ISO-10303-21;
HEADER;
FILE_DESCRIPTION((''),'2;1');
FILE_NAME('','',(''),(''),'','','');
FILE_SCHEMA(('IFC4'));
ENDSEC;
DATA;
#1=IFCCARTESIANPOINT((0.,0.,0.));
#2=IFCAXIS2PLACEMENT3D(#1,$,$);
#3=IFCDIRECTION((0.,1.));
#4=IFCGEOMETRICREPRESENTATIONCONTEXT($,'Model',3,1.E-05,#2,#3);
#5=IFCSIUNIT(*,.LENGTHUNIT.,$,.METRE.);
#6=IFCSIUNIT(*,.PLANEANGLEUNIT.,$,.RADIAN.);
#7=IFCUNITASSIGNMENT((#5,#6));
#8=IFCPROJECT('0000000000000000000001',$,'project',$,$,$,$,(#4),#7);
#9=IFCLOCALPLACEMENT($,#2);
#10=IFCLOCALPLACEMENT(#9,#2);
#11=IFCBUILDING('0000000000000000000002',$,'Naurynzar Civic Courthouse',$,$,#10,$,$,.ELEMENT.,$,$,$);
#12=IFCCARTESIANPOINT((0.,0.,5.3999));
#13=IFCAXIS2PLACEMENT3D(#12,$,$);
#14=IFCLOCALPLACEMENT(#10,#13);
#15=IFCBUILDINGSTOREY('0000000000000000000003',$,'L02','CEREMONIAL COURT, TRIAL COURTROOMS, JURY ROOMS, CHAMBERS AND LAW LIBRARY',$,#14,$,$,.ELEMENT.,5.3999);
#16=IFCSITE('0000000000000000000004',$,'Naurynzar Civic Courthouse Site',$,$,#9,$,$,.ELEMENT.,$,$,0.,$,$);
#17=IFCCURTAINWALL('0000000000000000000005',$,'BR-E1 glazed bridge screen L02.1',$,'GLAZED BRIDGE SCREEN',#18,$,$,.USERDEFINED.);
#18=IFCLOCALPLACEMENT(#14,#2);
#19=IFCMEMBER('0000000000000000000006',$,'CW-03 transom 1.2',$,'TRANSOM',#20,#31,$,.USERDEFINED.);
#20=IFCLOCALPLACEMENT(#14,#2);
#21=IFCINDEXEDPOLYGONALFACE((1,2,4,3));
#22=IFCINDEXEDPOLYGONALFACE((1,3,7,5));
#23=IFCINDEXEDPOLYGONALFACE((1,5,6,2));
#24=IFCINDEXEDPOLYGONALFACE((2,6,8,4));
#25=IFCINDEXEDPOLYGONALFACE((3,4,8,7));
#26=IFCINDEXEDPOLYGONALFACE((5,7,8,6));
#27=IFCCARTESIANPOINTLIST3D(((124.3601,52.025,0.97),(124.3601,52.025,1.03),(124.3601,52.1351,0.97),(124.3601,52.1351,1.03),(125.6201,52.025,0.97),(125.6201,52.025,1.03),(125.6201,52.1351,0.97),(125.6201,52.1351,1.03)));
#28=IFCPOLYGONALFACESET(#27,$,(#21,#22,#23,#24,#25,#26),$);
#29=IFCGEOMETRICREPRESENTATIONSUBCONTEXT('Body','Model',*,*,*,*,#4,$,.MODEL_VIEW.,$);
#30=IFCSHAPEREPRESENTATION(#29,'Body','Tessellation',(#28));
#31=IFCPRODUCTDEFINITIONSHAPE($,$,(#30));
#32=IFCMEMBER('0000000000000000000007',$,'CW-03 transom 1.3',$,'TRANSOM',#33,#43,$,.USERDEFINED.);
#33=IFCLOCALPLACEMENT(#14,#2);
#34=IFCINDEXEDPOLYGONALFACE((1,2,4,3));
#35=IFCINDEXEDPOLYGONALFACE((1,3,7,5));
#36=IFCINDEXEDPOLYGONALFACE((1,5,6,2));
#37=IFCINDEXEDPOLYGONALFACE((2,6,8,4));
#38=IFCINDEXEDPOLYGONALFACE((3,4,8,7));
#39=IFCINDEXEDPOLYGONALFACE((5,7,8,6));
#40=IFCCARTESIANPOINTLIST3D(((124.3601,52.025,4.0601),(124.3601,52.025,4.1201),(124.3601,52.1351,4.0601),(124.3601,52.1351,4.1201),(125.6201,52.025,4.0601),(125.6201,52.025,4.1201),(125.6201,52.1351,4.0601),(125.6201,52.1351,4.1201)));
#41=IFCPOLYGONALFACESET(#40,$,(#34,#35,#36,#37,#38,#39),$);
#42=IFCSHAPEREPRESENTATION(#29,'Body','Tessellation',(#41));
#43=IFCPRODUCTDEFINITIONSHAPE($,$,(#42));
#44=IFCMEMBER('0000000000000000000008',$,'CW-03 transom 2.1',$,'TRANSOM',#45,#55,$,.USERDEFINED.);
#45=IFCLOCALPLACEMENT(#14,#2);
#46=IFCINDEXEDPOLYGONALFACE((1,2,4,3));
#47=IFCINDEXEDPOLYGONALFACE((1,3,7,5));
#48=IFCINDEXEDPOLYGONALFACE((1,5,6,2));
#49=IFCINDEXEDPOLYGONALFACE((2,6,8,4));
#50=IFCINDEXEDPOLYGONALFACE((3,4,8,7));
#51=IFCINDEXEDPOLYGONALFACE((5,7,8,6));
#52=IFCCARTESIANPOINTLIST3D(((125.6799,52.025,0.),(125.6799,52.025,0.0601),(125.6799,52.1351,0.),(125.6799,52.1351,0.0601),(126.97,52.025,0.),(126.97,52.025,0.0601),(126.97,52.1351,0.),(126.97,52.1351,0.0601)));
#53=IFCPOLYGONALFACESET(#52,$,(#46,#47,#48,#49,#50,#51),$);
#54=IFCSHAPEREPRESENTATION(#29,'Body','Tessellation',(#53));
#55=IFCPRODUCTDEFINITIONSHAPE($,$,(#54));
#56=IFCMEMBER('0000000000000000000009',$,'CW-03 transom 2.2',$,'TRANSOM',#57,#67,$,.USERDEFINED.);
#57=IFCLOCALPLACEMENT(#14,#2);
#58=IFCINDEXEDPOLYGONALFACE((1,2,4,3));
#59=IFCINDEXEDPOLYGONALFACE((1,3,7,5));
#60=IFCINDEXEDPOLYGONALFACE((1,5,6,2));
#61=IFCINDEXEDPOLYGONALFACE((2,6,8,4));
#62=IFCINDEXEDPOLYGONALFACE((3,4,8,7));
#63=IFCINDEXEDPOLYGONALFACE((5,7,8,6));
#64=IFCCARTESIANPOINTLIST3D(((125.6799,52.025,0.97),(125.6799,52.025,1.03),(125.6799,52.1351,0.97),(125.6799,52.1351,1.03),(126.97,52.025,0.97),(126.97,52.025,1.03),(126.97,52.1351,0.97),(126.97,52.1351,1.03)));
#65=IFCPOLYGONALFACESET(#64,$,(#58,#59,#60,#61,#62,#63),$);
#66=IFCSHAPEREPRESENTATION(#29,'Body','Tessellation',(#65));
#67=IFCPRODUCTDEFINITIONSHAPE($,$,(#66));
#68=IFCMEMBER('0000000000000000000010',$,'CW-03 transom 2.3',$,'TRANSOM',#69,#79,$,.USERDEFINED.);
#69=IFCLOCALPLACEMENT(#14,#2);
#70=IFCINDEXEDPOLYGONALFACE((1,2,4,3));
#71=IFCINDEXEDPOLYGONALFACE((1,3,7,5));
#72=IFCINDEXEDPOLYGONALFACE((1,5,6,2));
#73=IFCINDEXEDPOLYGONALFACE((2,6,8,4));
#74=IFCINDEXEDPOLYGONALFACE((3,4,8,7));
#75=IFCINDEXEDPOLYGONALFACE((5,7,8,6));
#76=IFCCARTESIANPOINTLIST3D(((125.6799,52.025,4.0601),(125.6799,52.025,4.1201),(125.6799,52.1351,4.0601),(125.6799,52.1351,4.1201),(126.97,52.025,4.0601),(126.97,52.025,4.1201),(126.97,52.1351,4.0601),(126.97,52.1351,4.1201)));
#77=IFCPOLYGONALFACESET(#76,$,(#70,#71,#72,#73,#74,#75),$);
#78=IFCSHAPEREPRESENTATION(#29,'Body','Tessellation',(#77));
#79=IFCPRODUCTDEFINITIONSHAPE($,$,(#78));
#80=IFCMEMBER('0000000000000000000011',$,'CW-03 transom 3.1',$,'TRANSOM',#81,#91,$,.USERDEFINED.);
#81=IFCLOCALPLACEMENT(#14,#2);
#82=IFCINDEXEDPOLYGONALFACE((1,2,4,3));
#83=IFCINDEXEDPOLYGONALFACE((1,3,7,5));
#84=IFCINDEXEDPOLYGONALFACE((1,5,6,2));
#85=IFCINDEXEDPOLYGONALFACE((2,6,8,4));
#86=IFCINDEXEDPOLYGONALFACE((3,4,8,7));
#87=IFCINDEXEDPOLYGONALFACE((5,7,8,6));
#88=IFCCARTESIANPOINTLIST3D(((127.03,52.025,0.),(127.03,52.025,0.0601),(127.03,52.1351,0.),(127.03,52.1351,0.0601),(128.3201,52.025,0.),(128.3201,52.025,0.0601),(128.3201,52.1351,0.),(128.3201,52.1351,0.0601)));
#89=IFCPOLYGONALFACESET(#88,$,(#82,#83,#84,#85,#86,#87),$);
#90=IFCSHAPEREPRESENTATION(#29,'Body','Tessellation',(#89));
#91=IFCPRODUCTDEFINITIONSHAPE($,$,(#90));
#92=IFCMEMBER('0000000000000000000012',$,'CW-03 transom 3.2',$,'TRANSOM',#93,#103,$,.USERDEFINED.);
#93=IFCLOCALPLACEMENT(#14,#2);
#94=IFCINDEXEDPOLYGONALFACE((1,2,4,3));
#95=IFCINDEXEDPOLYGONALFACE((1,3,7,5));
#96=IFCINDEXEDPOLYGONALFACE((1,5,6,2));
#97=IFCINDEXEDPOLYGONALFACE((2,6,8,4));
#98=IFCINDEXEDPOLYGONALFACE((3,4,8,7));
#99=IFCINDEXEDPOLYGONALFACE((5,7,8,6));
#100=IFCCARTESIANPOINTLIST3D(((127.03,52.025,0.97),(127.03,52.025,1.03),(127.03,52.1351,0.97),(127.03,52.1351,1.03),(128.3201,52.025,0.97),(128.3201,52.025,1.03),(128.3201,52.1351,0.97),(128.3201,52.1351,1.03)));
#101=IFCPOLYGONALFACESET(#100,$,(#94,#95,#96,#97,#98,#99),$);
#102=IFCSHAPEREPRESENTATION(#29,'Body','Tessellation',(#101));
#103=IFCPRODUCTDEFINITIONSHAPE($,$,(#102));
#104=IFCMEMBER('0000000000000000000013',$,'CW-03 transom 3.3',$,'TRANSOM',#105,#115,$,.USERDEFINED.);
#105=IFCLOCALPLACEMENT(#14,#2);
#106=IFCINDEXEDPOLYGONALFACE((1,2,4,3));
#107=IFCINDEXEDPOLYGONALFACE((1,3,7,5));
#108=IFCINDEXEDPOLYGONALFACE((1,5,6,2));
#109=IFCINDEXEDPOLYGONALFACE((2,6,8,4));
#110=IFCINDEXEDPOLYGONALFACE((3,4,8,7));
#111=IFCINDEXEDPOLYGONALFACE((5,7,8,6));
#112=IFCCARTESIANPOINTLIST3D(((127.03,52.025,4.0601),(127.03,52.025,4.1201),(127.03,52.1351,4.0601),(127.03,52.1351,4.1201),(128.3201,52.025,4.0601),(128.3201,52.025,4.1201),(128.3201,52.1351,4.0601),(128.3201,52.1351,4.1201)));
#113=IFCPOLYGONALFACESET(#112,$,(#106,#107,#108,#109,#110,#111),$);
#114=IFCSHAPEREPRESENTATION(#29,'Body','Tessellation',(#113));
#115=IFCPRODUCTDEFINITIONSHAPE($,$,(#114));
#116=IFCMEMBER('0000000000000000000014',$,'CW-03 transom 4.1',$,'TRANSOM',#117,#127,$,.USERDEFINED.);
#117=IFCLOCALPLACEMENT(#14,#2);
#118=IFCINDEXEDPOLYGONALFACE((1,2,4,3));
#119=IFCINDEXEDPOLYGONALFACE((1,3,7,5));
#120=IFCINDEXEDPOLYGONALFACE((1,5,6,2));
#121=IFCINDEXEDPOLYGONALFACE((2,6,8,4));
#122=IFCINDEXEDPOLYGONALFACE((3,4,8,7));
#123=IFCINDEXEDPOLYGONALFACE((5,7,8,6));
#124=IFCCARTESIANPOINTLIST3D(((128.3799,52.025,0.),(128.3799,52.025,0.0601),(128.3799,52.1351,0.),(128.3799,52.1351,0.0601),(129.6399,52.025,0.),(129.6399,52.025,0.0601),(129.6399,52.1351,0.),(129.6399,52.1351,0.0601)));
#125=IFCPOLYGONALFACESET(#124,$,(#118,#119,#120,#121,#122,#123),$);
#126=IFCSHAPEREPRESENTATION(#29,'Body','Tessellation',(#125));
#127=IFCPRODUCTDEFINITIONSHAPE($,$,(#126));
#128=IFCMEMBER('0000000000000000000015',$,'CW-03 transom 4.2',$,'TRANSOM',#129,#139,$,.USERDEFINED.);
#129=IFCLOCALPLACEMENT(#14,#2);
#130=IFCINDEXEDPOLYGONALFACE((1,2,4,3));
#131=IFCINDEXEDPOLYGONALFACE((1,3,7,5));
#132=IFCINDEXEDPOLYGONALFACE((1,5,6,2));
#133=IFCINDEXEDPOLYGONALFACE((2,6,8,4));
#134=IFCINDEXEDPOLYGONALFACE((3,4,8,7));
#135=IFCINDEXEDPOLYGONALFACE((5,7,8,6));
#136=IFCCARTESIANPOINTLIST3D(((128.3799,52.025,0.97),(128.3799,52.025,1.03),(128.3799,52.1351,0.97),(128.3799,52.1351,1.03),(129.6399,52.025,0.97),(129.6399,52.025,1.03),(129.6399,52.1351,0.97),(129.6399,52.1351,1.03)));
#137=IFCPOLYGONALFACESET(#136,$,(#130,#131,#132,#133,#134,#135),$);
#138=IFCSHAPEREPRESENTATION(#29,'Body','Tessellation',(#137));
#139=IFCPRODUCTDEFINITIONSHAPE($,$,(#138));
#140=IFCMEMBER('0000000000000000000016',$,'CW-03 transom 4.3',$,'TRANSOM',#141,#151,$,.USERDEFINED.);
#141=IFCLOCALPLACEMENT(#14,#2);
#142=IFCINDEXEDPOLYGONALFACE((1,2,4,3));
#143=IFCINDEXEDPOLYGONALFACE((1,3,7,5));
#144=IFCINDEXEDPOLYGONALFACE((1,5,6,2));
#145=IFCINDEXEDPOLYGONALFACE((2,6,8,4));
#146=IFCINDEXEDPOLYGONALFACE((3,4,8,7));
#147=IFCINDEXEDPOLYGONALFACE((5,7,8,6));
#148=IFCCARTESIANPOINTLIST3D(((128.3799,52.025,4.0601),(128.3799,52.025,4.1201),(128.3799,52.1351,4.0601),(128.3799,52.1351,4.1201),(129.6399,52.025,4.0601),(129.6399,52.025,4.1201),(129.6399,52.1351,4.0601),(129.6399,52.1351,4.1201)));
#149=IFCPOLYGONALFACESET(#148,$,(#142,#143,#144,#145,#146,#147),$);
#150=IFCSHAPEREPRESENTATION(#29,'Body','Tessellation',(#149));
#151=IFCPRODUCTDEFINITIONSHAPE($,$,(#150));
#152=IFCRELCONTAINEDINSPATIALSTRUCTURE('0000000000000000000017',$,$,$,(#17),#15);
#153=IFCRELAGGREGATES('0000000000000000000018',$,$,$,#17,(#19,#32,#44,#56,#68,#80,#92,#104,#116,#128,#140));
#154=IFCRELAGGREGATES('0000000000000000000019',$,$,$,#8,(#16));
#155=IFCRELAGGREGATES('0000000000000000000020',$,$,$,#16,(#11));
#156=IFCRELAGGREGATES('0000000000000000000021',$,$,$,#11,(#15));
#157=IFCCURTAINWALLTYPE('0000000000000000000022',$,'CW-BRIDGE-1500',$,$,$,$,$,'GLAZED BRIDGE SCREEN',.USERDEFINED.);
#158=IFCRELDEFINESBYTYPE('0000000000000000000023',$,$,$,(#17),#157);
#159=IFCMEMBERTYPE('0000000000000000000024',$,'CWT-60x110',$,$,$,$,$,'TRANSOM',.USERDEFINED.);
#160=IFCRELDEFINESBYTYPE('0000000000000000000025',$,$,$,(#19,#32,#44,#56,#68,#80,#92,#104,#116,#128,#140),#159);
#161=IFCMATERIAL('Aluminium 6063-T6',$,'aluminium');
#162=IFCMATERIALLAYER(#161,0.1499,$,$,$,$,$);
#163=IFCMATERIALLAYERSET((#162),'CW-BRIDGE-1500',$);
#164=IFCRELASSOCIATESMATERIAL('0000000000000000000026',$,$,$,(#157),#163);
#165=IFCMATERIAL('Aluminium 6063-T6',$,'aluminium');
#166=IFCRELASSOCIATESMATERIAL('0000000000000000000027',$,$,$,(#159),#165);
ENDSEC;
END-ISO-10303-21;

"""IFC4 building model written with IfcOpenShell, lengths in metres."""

from ifc_helpers import new_model, si_unit, direction, frame, origin, origin_2d, place, context, subcontext, project, spatial, rectangle, extrude, material, layer, layer_set, material_profile, profile_set, type_object, element, aggregate, save


model = new_model("IFC4")

# Units and contexts
model_context = context("Model", 3, precision=1e-05, world=origin(), true_north=direction((0.0, 1.0)))
body_context = subcontext(model_context, "Body", "Model", "MODEL_VIEW")
ifc_project = project(units=[si_unit("LENGTHUNIT", "METRE"), si_unit("PLANEANGLEUNIT", "RADIAN")], contexts=[model_context])

# Site, building, storey
site_placement = place(None, origin())
site = spatial("IfcSite", under=ifc_project, at=site_placement, Name="Naurynzar Civic Courthouse Site", CompositionType="ELEMENT", RefElevation=0.0)
building_placement = place(site_placement, origin())
building = spatial("IfcBuilding", under=site, at=building_placement, Name="Naurynzar Civic Courthouse", CompositionType="ELEMENT")
storey_placement = place(building_placement, frame((0.0, 0.0, 5.3999)))
storey = spatial("IfcBuildingStorey", under=building, at=storey_placement, Name="L02", Description="CEREMONIAL COURT, TRIAL COURTROOMS, JURY ROOMS, CHAMBERS AND LAW LIBRARY", CompositionType="ELEMENT", Elevation=5.3999)

# Curtain wall, members
ifc_material_1 = material(Name="Aluminium 6063-T6", Category="aluminium")
ifc_layer_1 = layer(ifc_material_1, 0.1499)
ifc_layer_set_1 = layer_set([ifc_layer_1], Name="CW-BRIDGE-1500")
curtain_wall_type = type_object("IfcCurtainWallType", Name="CW-BRIDGE-1500", ElementType="GLAZED BRIDGE SCREEN", PredefinedType="USERDEFINED", material=ifc_layer_set_1)
curtain_wall_placement = place(storey_placement, origin())
curtain_wall = element("IfcCurtainWall", 1, at=curtain_wall_placement, inside=storey, type_object=curtain_wall_type, Name="BR-E1 glazed bridge screen L02.1", ObjectType="GLAZED BRIDGE SCREEN", PredefinedType="USERDEFINED")
ifc_material_2 = material(Name="Aluminium 6063-T6", Category="aluminium")
ifc_material_profile_1 = material_profile(ifc_material_2, rectangle(XDim=0.1101, YDim=0.0601, at=origin_2d()), Name="ALU TRANSOM 60x110")
ifc_profile_set_1 = profile_set([ifc_material_profile_1], Name="Aluminium 6063-T6")
member_type_1 = type_object("IfcMemberType", Name="CWT-60x110", ElementType="TRANSOM", PredefinedType="USERDEFINED", material=ifc_profile_set_1)
member_1_placement = place(storey_placement, frame((124.3601, 52.0801, 1.0), z_axis=(1.0, 0.0, 0.0), x_axis=(0.0, 1.0, 0.0)))
member_1 = element("IfcMember", 2, at=member_1_placement, type_object=member_type_1, Name="CW-03 transom 1.2", ObjectType="TRANSOM", PredefinedType="USERDEFINED", context=body_context, shape_type="SweptSolid", body=[
    extrude(rectangle(XDim=0.1101, YDim=0.0601, at=origin_2d()), origin(), (0.0, 0.0, 1.0), 1.26),
])
member_2_placement = place(storey_placement, frame((124.3601, 52.0801, 4.0901), z_axis=(1.0, 0.0, 0.0), x_axis=(0.0, 1.0, 0.0)))
member_2 = element("IfcMember", 3, at=member_2_placement, type_object=member_type_1, Name="CW-03 transom 1.3", ObjectType="TRANSOM", PredefinedType="USERDEFINED", context=body_context, shape_type="SweptSolid", body=[
    extrude(rectangle(XDim=0.1101, YDim=0.0601, at=origin_2d()), origin(), (0.0, 0.0, 1.0), 1.26),
])
member_3_placement = place(storey_placement, frame((125.6799, 52.0801, 0.03), z_axis=(1.0, 0.0, 0.0), x_axis=(0.0, 1.0, 0.0)))
member_3 = element("IfcMember", 4, at=member_3_placement, type_object=member_type_1, Name="CW-03 transom 2.1", ObjectType="TRANSOM", PredefinedType="USERDEFINED", context=body_context, shape_type="SweptSolid", body=[
    extrude(rectangle(XDim=0.1101, YDim=0.0601, at=origin_2d()), origin(), (0.0, 0.0, 1.0), 1.29),
])
member_4_placement = place(storey_placement, frame((125.6799, 52.0801, 1.0), z_axis=(1.0, 0.0, 0.0), x_axis=(0.0, 1.0, 0.0)))
member_4 = element("IfcMember", 5, at=member_4_placement, type_object=member_type_1, Name="CW-03 transom 2.2", ObjectType="TRANSOM", PredefinedType="USERDEFINED", context=body_context, shape_type="SweptSolid", body=[
    extrude(rectangle(XDim=0.1101, YDim=0.0601, at=origin_2d()), origin(), (0.0, 0.0, 1.0), 1.29),
])
member_5_placement = place(storey_placement, frame((125.6799, 52.0801, 4.0901), z_axis=(1.0, 0.0, 0.0), x_axis=(0.0, 1.0, 0.0)))
member_5 = element("IfcMember", 6, at=member_5_placement, type_object=member_type_1, Name="CW-03 transom 2.3", ObjectType="TRANSOM", PredefinedType="USERDEFINED", context=body_context, shape_type="SweptSolid", body=[
    extrude(rectangle(XDim=0.1101, YDim=0.0601, at=origin_2d()), origin(), (0.0, 0.0, 1.0), 1.29),
])
member_6_placement = place(storey_placement, frame((127.03, 52.0801, 0.03), z_axis=(1.0, 0.0, 0.0), x_axis=(0.0, 1.0, 0.0)))
member_6 = element("IfcMember", 7, at=member_6_placement, type_object=member_type_1, Name="CW-03 transom 3.1", ObjectType="TRANSOM", PredefinedType="USERDEFINED", context=body_context, shape_type="SweptSolid", body=[
    extrude(rectangle(XDim=0.1101, YDim=0.0601, at=origin_2d()), origin(), (0.0, 0.0, 1.0), 1.29),
])
member_7_placement = place(storey_placement, frame((127.03, 52.0801, 1.0), z_axis=(1.0, 0.0, 0.0), x_axis=(0.0, 1.0, 0.0)))
member_7 = element("IfcMember", 8, at=member_7_placement, type_object=member_type_1, Name="CW-03 transom 3.2", ObjectType="TRANSOM", PredefinedType="USERDEFINED", context=body_context, shape_type="SweptSolid", body=[
    extrude(rectangle(XDim=0.1101, YDim=0.0601, at=origin_2d()), origin(), (0.0, 0.0, 1.0), 1.29),
])
member_8_placement = place(storey_placement, frame((127.03, 52.0801, 4.0901), z_axis=(1.0, 0.0, 0.0), x_axis=(0.0, 1.0, 0.0)))
member_8 = element("IfcMember", 9, at=member_8_placement, type_object=member_type_1, Name="CW-03 transom 3.3", ObjectType="TRANSOM", PredefinedType="USERDEFINED", context=body_context, shape_type="SweptSolid", body=[
    extrude(rectangle(XDim=0.1101, YDim=0.0601, at=origin_2d()), origin(), (0.0, 0.0, 1.0), 1.29),
])
member_9_placement = place(storey_placement, frame((128.3799, 52.0801, 0.03), z_axis=(1.0, 0.0, 0.0), x_axis=(0.0, 1.0, 0.0)))
member_9 = element("IfcMember", 10, at=member_9_placement, type_object=member_type_1, Name="CW-03 transom 4.1", ObjectType="TRANSOM", PredefinedType="USERDEFINED", context=body_context, shape_type="SweptSolid", body=[
    extrude(rectangle(XDim=0.1101, YDim=0.0601, at=origin_2d()), origin(), (0.0, 0.0, 1.0), 1.26),
])
member_10_placement = place(storey_placement, frame((128.3799, 52.0801, 1.0), z_axis=(1.0, 0.0, 0.0), x_axis=(0.0, 1.0, 0.0)))
member_10 = element("IfcMember", 11, at=member_10_placement, type_object=member_type_1, Name="CW-03 transom 4.2", ObjectType="TRANSOM", PredefinedType="USERDEFINED", context=body_context, shape_type="SweptSolid", body=[
    extrude(rectangle(XDim=0.1101, YDim=0.0601, at=origin_2d()), origin(), (0.0, 0.0, 1.0), 1.26),
])
member_11_placement = place(storey_placement, frame((128.3799, 52.0801, 4.0901), z_axis=(1.0, 0.0, 0.0), x_axis=(0.0, 1.0, 0.0)))
member_11 = element("IfcMember", 12, at=member_11_placement, type_object=member_type_1, Name="CW-03 transom 4.3", ObjectType="TRANSOM", PredefinedType="USERDEFINED", context=body_context, shape_type="SweptSolid", body=[
    extrude(rectangle(XDim=0.1101, YDim=0.0601, at=origin_2d()), origin(), (0.0, 0.0, 1.0), 1.26),
])

aggregate(curtain_wall, [member_1, member_2, member_3, member_4, member_5, member_6, member_7, member_8, member_9, member_10, member_11])

save(model, "model.ifc")
